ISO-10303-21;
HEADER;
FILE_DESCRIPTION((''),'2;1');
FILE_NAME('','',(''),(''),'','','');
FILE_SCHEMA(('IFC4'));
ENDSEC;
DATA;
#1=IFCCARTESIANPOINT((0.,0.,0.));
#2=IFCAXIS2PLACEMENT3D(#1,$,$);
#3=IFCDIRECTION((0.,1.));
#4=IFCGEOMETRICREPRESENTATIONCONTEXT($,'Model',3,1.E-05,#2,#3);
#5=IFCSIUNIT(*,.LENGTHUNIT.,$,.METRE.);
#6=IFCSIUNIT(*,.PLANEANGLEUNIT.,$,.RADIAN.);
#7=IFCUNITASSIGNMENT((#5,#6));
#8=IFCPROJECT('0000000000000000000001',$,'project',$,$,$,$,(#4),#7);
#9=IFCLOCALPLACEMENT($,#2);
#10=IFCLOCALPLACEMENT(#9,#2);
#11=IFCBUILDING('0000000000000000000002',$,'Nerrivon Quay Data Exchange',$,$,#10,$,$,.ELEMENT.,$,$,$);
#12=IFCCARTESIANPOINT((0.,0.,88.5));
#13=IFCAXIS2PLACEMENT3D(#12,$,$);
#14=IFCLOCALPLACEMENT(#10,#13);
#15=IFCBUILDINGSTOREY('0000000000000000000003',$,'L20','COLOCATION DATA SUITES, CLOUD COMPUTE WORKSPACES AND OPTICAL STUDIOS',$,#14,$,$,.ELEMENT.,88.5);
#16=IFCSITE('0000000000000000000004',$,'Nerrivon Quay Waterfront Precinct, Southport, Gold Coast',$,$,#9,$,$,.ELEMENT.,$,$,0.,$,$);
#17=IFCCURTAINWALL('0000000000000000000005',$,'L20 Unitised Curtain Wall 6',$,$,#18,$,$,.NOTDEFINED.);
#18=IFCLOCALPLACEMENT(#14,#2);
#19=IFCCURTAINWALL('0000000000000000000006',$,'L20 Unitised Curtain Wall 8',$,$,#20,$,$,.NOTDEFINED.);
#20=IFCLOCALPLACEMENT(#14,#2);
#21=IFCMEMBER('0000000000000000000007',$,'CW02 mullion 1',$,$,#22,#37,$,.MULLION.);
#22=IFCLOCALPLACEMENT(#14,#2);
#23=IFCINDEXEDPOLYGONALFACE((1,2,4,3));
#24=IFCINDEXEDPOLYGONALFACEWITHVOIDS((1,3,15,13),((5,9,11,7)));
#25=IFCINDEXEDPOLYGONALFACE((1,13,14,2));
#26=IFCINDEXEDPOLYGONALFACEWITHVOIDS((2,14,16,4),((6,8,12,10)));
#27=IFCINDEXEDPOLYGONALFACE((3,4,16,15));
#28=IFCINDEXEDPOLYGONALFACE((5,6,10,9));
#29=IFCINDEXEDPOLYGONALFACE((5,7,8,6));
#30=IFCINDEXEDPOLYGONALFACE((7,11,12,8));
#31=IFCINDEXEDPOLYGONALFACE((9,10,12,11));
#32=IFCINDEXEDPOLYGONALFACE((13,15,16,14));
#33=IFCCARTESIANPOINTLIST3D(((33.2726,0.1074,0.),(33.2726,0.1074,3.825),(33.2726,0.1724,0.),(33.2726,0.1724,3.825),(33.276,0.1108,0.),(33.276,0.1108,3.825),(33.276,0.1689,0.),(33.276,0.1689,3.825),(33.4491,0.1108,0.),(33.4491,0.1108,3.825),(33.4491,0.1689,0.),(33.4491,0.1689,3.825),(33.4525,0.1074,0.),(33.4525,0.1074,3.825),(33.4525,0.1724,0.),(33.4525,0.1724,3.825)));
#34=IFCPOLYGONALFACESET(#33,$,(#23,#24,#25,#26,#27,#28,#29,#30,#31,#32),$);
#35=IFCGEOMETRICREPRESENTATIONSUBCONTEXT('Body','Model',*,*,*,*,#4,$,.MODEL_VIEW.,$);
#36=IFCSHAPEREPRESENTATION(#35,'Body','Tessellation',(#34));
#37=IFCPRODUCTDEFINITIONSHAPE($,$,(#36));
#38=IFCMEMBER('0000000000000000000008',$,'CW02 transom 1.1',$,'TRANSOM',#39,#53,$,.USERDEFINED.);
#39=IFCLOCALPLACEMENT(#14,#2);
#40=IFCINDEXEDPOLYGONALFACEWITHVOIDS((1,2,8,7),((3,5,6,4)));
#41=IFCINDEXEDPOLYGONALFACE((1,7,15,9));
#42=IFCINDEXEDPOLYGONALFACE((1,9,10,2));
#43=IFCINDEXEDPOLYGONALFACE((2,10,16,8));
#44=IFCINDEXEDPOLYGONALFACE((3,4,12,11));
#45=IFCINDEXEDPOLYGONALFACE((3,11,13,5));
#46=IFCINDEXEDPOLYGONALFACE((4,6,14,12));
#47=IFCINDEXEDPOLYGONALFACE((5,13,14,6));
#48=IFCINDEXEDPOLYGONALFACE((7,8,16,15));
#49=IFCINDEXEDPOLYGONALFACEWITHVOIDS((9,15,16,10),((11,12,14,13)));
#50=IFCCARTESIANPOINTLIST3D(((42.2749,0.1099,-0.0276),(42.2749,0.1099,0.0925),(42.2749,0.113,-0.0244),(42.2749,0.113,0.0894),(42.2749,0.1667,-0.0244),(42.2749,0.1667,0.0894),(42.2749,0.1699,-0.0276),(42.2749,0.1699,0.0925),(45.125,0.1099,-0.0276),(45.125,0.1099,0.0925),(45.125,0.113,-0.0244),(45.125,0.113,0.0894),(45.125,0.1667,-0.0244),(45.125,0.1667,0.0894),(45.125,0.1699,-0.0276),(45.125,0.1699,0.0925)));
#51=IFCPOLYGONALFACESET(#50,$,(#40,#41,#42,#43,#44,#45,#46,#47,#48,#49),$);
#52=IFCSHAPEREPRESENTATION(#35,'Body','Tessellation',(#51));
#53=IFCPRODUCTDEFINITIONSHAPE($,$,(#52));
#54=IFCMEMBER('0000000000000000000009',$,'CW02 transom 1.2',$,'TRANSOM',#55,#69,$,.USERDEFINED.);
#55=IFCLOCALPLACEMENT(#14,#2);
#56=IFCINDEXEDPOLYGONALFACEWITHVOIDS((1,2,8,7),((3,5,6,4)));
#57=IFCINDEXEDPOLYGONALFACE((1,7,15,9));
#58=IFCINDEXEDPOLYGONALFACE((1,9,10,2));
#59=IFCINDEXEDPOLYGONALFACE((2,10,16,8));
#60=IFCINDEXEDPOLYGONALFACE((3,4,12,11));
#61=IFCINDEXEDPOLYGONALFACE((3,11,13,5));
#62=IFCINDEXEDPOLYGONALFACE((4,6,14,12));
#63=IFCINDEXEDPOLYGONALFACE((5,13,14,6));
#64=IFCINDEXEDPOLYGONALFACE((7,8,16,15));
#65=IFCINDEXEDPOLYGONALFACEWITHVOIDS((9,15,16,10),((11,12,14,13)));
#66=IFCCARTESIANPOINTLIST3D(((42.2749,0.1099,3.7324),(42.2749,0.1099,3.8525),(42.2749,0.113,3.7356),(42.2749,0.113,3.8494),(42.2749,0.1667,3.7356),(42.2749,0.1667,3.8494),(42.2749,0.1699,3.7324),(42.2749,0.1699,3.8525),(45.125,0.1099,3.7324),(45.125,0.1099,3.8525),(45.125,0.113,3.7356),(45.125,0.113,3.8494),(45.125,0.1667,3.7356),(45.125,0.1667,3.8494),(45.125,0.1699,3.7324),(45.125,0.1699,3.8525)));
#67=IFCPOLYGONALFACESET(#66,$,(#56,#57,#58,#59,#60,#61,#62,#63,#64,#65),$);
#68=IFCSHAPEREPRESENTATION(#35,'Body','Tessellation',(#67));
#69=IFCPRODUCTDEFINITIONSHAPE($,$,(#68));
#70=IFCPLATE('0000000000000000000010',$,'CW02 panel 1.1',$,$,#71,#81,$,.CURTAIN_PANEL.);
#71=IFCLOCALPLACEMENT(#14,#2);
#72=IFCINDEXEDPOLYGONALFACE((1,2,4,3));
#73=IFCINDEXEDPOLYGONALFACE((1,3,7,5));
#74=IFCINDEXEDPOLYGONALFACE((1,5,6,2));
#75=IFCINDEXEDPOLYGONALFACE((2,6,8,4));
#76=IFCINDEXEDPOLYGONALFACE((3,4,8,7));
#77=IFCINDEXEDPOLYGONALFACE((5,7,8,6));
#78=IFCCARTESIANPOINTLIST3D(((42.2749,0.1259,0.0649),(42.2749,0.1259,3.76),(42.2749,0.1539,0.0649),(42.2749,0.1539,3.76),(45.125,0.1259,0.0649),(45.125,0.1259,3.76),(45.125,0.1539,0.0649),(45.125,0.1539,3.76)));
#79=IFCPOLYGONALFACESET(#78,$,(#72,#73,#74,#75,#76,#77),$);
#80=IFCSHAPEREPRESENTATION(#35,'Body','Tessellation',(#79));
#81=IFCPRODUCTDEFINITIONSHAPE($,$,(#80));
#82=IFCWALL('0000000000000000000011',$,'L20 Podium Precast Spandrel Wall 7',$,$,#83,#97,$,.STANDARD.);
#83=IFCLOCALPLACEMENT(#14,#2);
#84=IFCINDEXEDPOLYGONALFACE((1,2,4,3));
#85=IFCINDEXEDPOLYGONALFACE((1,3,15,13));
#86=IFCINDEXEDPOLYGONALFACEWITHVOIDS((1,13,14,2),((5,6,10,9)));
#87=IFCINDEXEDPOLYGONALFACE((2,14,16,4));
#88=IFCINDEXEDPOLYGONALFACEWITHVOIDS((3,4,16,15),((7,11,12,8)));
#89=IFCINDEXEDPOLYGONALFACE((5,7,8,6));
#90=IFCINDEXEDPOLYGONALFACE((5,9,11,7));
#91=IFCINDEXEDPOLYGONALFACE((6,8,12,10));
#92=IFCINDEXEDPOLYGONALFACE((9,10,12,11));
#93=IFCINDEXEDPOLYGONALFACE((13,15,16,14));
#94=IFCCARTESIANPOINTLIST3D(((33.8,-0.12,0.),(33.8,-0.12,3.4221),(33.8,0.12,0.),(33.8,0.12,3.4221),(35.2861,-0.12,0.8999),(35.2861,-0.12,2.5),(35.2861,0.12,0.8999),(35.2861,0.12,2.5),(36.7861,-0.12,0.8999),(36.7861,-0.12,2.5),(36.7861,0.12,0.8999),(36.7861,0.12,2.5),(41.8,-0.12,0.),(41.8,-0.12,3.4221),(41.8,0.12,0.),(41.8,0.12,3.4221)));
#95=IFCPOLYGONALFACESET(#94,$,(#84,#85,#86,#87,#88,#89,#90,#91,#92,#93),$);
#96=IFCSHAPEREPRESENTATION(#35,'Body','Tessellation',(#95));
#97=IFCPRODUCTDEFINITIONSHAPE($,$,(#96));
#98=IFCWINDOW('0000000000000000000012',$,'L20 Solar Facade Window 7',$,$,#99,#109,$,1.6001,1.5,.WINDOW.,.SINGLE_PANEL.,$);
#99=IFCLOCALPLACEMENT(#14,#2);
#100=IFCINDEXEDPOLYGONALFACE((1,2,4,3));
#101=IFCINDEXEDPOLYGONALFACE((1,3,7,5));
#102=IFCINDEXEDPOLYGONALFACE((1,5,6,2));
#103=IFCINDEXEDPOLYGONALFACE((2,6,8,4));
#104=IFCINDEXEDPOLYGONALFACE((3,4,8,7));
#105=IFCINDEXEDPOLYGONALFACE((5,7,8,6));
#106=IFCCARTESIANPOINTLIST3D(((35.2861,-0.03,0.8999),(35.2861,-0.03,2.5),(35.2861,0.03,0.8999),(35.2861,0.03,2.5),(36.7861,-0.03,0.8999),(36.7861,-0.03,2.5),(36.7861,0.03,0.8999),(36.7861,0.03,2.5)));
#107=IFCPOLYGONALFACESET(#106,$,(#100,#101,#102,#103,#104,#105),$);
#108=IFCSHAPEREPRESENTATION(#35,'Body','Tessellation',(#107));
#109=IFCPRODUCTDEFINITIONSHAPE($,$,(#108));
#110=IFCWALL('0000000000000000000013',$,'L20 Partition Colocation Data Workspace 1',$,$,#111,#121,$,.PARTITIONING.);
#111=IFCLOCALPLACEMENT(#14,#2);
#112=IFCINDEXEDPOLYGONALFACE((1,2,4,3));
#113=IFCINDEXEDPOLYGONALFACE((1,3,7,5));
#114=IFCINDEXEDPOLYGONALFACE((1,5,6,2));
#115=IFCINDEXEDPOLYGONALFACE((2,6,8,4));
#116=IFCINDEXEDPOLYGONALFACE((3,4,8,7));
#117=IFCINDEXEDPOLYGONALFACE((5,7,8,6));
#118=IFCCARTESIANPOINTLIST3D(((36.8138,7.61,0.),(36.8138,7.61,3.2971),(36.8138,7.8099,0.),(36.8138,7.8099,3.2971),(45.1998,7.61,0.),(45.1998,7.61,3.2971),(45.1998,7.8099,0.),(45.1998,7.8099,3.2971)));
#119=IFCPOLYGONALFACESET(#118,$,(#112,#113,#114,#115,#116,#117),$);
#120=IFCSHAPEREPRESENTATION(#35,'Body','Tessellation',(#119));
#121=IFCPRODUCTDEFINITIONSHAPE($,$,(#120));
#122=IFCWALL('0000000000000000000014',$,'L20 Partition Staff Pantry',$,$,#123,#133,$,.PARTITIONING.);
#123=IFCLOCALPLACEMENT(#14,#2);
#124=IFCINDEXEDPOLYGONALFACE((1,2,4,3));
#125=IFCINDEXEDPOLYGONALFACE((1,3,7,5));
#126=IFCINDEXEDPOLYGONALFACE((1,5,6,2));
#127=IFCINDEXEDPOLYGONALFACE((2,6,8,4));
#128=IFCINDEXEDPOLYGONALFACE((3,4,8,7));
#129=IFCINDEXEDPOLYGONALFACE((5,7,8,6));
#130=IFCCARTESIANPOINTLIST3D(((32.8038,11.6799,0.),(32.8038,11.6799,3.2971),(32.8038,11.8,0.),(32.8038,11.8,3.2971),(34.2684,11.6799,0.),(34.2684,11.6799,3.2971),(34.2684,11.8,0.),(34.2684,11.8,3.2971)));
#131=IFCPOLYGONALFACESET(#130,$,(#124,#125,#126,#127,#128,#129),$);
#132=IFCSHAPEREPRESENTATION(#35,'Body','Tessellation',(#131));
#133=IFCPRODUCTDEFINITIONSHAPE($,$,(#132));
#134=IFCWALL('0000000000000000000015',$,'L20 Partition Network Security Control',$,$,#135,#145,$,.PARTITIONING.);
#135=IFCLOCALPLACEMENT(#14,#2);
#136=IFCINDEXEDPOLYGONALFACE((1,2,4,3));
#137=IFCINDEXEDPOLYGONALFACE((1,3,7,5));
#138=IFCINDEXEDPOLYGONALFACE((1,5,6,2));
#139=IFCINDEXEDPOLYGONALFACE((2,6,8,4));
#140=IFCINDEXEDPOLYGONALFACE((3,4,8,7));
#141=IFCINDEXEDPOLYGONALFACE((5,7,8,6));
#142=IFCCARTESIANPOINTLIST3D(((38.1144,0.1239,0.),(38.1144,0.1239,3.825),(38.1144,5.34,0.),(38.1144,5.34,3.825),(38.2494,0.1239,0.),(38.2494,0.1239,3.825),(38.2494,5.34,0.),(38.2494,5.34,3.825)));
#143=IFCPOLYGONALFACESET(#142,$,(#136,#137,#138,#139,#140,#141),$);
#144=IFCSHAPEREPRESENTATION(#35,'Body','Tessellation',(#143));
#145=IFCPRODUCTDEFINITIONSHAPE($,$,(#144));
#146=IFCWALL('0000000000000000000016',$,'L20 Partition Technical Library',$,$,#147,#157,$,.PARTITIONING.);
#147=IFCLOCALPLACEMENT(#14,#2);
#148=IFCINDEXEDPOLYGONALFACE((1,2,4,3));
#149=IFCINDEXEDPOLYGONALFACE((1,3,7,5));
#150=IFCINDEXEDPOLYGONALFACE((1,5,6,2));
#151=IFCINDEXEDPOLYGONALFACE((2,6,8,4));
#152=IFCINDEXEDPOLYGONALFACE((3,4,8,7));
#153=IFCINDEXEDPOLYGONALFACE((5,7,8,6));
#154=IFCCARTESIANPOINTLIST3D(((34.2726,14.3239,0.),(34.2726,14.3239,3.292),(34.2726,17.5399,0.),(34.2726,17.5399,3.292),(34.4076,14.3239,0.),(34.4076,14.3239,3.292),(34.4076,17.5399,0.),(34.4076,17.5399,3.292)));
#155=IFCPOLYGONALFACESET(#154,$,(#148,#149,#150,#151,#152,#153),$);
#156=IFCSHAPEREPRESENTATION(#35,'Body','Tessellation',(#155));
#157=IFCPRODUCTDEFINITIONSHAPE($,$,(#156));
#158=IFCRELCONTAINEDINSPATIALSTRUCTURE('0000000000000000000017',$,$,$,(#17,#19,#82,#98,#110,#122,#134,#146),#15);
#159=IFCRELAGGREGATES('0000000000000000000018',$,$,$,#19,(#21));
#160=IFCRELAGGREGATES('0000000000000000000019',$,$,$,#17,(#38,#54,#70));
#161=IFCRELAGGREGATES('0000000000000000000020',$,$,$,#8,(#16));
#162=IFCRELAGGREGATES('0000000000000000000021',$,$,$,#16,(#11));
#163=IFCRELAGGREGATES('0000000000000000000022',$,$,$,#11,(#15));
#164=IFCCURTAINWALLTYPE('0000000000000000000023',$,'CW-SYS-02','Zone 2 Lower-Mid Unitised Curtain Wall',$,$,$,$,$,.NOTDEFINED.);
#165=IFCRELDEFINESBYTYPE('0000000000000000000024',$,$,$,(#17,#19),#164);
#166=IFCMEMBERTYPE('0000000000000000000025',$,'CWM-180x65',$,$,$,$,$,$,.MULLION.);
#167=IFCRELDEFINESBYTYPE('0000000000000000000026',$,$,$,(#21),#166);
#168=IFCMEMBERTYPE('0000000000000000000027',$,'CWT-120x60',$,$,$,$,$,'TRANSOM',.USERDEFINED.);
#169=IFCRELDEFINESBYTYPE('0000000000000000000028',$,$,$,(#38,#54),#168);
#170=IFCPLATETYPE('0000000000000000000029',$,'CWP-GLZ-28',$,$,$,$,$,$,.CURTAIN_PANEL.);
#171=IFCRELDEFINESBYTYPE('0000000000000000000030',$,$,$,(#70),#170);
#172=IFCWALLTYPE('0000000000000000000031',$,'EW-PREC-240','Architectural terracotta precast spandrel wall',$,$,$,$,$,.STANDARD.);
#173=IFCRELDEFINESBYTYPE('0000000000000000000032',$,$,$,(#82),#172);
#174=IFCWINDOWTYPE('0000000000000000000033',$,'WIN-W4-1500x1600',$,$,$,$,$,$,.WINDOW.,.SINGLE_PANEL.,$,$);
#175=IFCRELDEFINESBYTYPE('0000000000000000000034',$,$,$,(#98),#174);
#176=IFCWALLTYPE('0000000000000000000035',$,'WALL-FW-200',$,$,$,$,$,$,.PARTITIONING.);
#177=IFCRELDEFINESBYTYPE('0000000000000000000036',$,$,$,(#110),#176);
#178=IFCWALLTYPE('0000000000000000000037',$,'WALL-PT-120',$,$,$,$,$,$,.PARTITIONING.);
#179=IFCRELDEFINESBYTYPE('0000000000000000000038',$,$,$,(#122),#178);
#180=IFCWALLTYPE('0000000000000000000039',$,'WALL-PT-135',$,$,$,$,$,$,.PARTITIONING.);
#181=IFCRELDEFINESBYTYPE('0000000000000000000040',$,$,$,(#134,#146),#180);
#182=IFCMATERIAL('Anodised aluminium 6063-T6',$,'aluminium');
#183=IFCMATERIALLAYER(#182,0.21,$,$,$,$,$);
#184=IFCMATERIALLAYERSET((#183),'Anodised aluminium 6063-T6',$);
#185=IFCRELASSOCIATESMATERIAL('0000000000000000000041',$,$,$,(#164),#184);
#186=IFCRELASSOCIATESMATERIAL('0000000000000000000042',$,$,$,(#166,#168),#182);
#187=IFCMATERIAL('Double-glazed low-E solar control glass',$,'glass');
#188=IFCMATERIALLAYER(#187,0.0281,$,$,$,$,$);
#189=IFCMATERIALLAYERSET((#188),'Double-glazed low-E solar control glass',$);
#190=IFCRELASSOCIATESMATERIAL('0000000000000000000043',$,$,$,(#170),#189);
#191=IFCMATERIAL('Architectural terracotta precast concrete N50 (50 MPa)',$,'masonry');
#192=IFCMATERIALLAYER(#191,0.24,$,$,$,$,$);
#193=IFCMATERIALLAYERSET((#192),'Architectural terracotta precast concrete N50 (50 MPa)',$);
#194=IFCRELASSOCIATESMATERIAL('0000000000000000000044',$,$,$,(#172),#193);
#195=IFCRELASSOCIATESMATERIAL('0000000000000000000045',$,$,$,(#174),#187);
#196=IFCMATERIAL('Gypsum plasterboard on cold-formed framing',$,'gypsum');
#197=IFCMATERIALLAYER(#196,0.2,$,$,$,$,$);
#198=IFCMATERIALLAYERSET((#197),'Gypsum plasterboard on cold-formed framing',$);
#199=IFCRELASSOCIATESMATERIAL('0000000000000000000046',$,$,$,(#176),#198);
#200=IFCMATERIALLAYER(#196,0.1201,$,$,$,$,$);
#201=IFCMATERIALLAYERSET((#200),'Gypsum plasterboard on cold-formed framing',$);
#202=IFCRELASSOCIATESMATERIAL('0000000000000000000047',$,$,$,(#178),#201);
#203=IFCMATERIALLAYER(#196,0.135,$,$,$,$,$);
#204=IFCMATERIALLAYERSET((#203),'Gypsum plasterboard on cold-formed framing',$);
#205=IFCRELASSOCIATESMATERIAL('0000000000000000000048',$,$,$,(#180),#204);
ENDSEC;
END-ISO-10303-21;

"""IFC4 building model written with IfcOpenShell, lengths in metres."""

from ifc_helpers import new_model, si_unit, direction, frame, frame_2d, origin, origin_2d, place, context, subcontext, project, spatial, rectangle, hollow_rectangle, extrude, material, layer, layer_set, material_profile, profile_set, type_object, element, fill, aggregate, save


model = new_model("IFC4")

# Units and contexts
model_context = context("Model", 3, precision=1e-05, world=origin(), true_north=direction((0.0, 1.0)))
body_context = subcontext(model_context, "Body", "Model", "MODEL_VIEW")
ifc_project = project(units=[si_unit("LENGTHUNIT", "METRE"), si_unit("PLANEANGLEUNIT", "RADIAN")], contexts=[model_context])

# Site, building, storey
site_placement = place(None, origin())
site = spatial("IfcSite", under=ifc_project, at=site_placement, Name="Nerrivon Quay Waterfront Precinct, Southport, Gold Coast", CompositionType="ELEMENT", RefElevation=0.0)
building_placement = place(site_placement, origin())
building = spatial("IfcBuilding", under=site, at=building_placement, Name="Nerrivon Quay Data Exchange", CompositionType="ELEMENT")
storey_placement = place(building_placement, frame((0.0, 0.0, 88.5)))
storey = spatial("IfcBuildingStorey", under=building, at=storey_placement, Name="L20", Description="COLOCATION DATA SUITES, CLOUD COMPUTE WORKSPACES AND OPTICAL STUDIOS", CompositionType="ELEMENT", Elevation=88.5)

# Curtain walls, member
ifc_material_1 = material(Name="Anodised aluminium 6063-T6", Category="aluminium")
ifc_layer_1 = layer(ifc_material_1, 0.21)
ifc_layer_set_1 = layer_set([ifc_layer_1], Name="Anodised aluminium 6063-T6")
curtain_wall_type = type_object("IfcCurtainWallType", Name="CW-SYS-02", Description="Zone 2 Lower-Mid Unitised Curtain Wall", PredefinedType="NOTDEFINED", material=ifc_layer_set_1)
ifc_material_profile_1 = material_profile(ifc_material_1, hollow_rectangle(XDim=0.0649, YDim=0.1799, WallThickness=0.0034, at=origin_2d()), Name="ALU-MULL-180x65")
ifc_profile_set_1 = profile_set([ifc_material_profile_1], Name="Anodised aluminium 6063-T6")
member_type_1 = type_object("IfcMemberType", Name="CWM-180x65", PredefinedType="MULLION", material=ifc_profile_set_1)
curtain_wall_1_placement = place(storey_placement, origin())
curtain_wall_1 = element("IfcCurtainWall", 1, at=curtain_wall_1_placement, inside=storey, type_object=curtain_wall_type, Name="L20 Unitised Curtain Wall 6", PredefinedType="NOTDEFINED")
curtain_wall_2_placement = place(storey_placement, origin())
curtain_wall_2 = element("IfcCurtainWall", 2, at=curtain_wall_2_placement, inside=storey, type_object=curtain_wall_type, Name="L20 Unitised Curtain Wall 8", PredefinedType="NOTDEFINED")
member_1_placement = place(storey_placement, frame((33.3625, 0.1399, 0.0), z_axis=(0.0, 0.0, 1.0), x_axis=(0.0, -1.0, 0.0)))
member_1 = element("IfcMember", 3, at=member_1_placement, type_object=member_type_1, Name="CW02 mullion 1", PredefinedType="MULLION", context=body_context, shape_type="SweptSolid", body=[
    extrude(hollow_rectangle(XDim=0.0649, YDim=0.1799, WallThickness=0.0034, at=origin_2d()), origin(), (0.0, 0.0, 1.0), 3.825),
])
aggregate(curtain_wall_2, [member_1])

# Members
ifc_material_profile_2 = material_profile(ifc_material_1, hollow_rectangle(XDim=0.0601, YDim=0.1201, WallThickness=0.0032, at=origin_2d()), Name="ALU-TRAN-120x60")
ifc_profile_set_2 = profile_set([ifc_material_profile_2], Name="Anodised aluminium 6063-T6")
member_type_2 = type_object("IfcMemberType", Name="CWT-120x60", ElementType="TRANSOM", PredefinedType="USERDEFINED", material=ifc_profile_set_2)
member_2_placement = place(storey_placement, frame((45.125, 0.1399, 0.0325), z_axis=(-1.0, 0.0, 0.0), x_axis=(0.0, -1.0, 0.0)))
member_2 = element("IfcMember", 4, at=member_2_placement, type_object=member_type_2, Name="CW02 transom 1.1", ObjectType="TRANSOM", PredefinedType="USERDEFINED", context=body_context, shape_type="SweptSolid", body=[
    extrude(hollow_rectangle(XDim=0.0601, YDim=0.1201, WallThickness=0.0032, at=origin_2d()), origin(), (0.0, 0.0, 1.0), 2.8501),
])
member_3_placement = place(storey_placement, frame((45.125, 0.1399, 3.7925), z_axis=(-1.0, 0.0, 0.0), x_axis=(0.0, -1.0, 0.0)))
member_3 = element("IfcMember", 5, at=member_3_placement, type_object=member_type_2, Name="CW02 transom 1.2", ObjectType="TRANSOM", PredefinedType="USERDEFINED", context=body_context, shape_type="SweptSolid", body=[
    extrude(hollow_rectangle(XDim=0.0601, YDim=0.1201, WallThickness=0.0032, at=origin_2d()), origin(), (0.0, 0.0, 1.0), 2.8501),
])

# Plate
ifc_material_2 = material(Name="Double-glazed low-E solar control glass", Category="glass")
ifc_layer_2 = layer(ifc_material_2, 0.0281)
ifc_layer_set_2 = layer_set([ifc_layer_2], Name="Double-glazed low-E solar control glass")
plate_type = type_object("IfcPlateType", Name="CWP-GLZ-28", PredefinedType="CURTAIN_PANEL", material=ifc_layer_set_2)
plate_placement = place(storey_placement, frame((43.7, 0.1399, 0.0649), z_axis=(0.0, 0.0, 1.0), x_axis=(-1.0, 0.0, 0.0)))
plate = element("IfcPlate", 6, at=plate_placement, type_object=plate_type, Name="CW02 panel 1.1", PredefinedType="CURTAIN_PANEL", context=body_context, shape_type="SweptSolid", body=[
    extrude(rectangle(XDim=2.8501, YDim=0.0281, at=origin_2d()), origin(), (0.0, 0.0, 1.0), 3.6951),
])
aggregate(curtain_wall_1, [member_2, member_3, plate])

# Wall, opening, window
ifc_material_3 = material(Name="Architectural terracotta precast concrete N50 (50 MPa)", Category="masonry")
ifc_layer_3 = layer(ifc_material_3, 0.24)
ifc_layer_set_3 = layer_set([ifc_layer_3], Name="Architectural terracotta precast concrete N50 (50 MPa)")
wall_type_1 = type_object("IfcWallType", Name="EW-PREC-240", Description="Architectural terracotta precast spandrel wall", PredefinedType="STANDARD", material=ifc_layer_set_3)
wall_1_placement = place(storey_placement, frame((41.8, 0.0, 0.0), z_axis=(0.0, 0.0, 1.0), x_axis=(-1.0, 0.0, 0.0)))
wall_1 = element("IfcWall", 7, at=wall_1_placement, inside=storey, type_object=wall_type_1, Name="L20 Podium Precast Spandrel Wall 7", PredefinedType="STANDARD", context=body_context, shape_type="SweptSolid", body=[
    extrude(rectangle(XDim=8.0, YDim=0.24, at=frame_2d((4.0, 0.0))), origin(), (0.0, 0.0, 1.0), 3.4221),
])
opening_1_placement = place(wall_1_placement, frame((5.0139, 0.0, 0.8999)))
opening_1 = element("IfcOpeningElement", 8, at=opening_1_placement, cuts=wall_1, PredefinedType="OPENING", context=body_context, shape_type="SweptSolid", body=[
    extrude(rectangle(XDim=1.5, YDim=1.6001, at=frame_2d((0.75, 0.8))), frame((0.0, 0.1299, 0.0), z_axis=(0.0, -1.0, 0.0), x_axis=(1.0, 0.0, 0.0)), (0.0, 0.0, 1.0), 0.26),
])
window_type = type_object("IfcWindowType", Name="WIN-W4-1500x1600", PartitioningType="SINGLE_PANEL", PredefinedType="WINDOW", material=ifc_material_2)
window_placement = place(opening_1_placement, origin())
window = element("IfcWindow", 9, at=window_placement, inside=storey, type_object=window_type, Name="L20 Solar Facade Window 7", OverallHeight=1.6001, OverallWidth=1.5, PartitioningType="SINGLE_PANEL", PredefinedType="WINDOW", context=body_context, shape_type="SweptSolid", body=[
    extrude(rectangle(XDim=1.5, YDim=1.6001, at=frame_2d((0.75, 0.8))), frame((0.0, 0.03, 0.0), z_axis=(0.0, -1.0, 0.0), x_axis=(1.0, 0.0, 0.0)), (0.0, 0.0, 1.0), 0.0601),
])
fill(opening_1, window)

# Walls
ifc_material_4 = material(Name="Gypsum plasterboard on cold-formed framing", Category="gypsum")
ifc_layer_4 = layer(ifc_material_4, 0.2)
ifc_layer_set_4 = layer_set([ifc_layer_4], Name="Gypsum plasterboard on cold-formed framing")
wall_type_2 = type_object("IfcWallType", Name="WALL-FW-200", PredefinedType="PARTITIONING", material=ifc_layer_set_4)
wall_2_placement = place(storey_placement, frame((36.814, 7.71, 0.0), z_axis=(0.0, 0.0, 1.0), x_axis=(1.0, 0.0, 0.0)))
element("IfcWall", 10, at=wall_2_placement, inside=storey, type_object=wall_type_2, Name="L20 Partition Colocation Data Workspace 1", PredefinedType="PARTITIONING", context=body_context, shape_type="SweptSolid", body=[
    extrude(rectangle(XDim=8.386, YDim=0.2, at=frame_2d((4.1929, 0.0))), origin(), (0.0, 0.0, 1.0), 3.2971),
])
ifc_layer_5 = layer(ifc_material_4, 0.1201)
ifc_layer_set_5 = layer_set([ifc_layer_5], Name="Gypsum plasterboard on cold-formed framing")
wall_type_3 = type_object("IfcWallType", Name="WALL-PT-120", PredefinedType="PARTITIONING", material=ifc_layer_set_5)
wall_3_placement = place(storey_placement, frame((34.2686, 11.74, 0.0), z_axis=(0.0, 0.0, 1.0), x_axis=(-1.0, 0.0, 0.0)))
element("IfcWall", 11, at=wall_3_placement, inside=storey, type_object=wall_type_3, Name="L20 Partition Staff Pantry", PredefinedType="PARTITIONING", context=body_context, shape_type="SweptSolid", body=[
    extrude(rectangle(XDim=1.4646, YDim=0.1201, at=frame_2d((0.7324, 0.0))), origin(), (0.0, 0.0, 1.0), 3.2971),
])

# Shared definitions
ifc_layer_6 = layer(ifc_material_4, 0.135)
ifc_layer_set_6 = layer_set([ifc_layer_6], Name="Gypsum plasterboard on cold-formed framing")
wall_type_4 = type_object("IfcWallType", Name="WALL-PT-135", PredefinedType="PARTITIONING", material=ifc_layer_set_6)

# Walls
wall_4_placement = place(storey_placement, frame((38.1819, 0.124, 0.0), z_axis=(0.0, 0.0, 1.0), x_axis=(0.0, 1.0, 0.0)))
element("IfcWall", 12, at=wall_4_placement, inside=storey, type_object=wall_type_4, Name="L20 Partition Network Security Control", PredefinedType="PARTITIONING", context=body_context, shape_type="SweptSolid", body=[
    extrude(rectangle(XDim=5.2161, YDim=0.135, at=frame_2d((2.6079, 0.0))), origin(), (0.0, 0.0, 1.0), 3.825),
])
wall_5_placement = place(storey_placement, frame((34.3401, 14.324, 0.0), z_axis=(0.0, 0.0, 1.0), x_axis=(0.0, 1.0, 0.0)))
element("IfcWall", 13, at=wall_5_placement, inside=storey, type_object=wall_type_4, Name="L20 Partition Technical Library", PredefinedType="PARTITIONING", context=body_context, shape_type="SweptSolid", body=[
    extrude(rectangle(XDim=3.2161, YDim=0.135, at=frame_2d((1.6079, 0.0))), origin(), (0.0, 0.0, 1.0), 3.292),
])

save(model, "model.ifc")
